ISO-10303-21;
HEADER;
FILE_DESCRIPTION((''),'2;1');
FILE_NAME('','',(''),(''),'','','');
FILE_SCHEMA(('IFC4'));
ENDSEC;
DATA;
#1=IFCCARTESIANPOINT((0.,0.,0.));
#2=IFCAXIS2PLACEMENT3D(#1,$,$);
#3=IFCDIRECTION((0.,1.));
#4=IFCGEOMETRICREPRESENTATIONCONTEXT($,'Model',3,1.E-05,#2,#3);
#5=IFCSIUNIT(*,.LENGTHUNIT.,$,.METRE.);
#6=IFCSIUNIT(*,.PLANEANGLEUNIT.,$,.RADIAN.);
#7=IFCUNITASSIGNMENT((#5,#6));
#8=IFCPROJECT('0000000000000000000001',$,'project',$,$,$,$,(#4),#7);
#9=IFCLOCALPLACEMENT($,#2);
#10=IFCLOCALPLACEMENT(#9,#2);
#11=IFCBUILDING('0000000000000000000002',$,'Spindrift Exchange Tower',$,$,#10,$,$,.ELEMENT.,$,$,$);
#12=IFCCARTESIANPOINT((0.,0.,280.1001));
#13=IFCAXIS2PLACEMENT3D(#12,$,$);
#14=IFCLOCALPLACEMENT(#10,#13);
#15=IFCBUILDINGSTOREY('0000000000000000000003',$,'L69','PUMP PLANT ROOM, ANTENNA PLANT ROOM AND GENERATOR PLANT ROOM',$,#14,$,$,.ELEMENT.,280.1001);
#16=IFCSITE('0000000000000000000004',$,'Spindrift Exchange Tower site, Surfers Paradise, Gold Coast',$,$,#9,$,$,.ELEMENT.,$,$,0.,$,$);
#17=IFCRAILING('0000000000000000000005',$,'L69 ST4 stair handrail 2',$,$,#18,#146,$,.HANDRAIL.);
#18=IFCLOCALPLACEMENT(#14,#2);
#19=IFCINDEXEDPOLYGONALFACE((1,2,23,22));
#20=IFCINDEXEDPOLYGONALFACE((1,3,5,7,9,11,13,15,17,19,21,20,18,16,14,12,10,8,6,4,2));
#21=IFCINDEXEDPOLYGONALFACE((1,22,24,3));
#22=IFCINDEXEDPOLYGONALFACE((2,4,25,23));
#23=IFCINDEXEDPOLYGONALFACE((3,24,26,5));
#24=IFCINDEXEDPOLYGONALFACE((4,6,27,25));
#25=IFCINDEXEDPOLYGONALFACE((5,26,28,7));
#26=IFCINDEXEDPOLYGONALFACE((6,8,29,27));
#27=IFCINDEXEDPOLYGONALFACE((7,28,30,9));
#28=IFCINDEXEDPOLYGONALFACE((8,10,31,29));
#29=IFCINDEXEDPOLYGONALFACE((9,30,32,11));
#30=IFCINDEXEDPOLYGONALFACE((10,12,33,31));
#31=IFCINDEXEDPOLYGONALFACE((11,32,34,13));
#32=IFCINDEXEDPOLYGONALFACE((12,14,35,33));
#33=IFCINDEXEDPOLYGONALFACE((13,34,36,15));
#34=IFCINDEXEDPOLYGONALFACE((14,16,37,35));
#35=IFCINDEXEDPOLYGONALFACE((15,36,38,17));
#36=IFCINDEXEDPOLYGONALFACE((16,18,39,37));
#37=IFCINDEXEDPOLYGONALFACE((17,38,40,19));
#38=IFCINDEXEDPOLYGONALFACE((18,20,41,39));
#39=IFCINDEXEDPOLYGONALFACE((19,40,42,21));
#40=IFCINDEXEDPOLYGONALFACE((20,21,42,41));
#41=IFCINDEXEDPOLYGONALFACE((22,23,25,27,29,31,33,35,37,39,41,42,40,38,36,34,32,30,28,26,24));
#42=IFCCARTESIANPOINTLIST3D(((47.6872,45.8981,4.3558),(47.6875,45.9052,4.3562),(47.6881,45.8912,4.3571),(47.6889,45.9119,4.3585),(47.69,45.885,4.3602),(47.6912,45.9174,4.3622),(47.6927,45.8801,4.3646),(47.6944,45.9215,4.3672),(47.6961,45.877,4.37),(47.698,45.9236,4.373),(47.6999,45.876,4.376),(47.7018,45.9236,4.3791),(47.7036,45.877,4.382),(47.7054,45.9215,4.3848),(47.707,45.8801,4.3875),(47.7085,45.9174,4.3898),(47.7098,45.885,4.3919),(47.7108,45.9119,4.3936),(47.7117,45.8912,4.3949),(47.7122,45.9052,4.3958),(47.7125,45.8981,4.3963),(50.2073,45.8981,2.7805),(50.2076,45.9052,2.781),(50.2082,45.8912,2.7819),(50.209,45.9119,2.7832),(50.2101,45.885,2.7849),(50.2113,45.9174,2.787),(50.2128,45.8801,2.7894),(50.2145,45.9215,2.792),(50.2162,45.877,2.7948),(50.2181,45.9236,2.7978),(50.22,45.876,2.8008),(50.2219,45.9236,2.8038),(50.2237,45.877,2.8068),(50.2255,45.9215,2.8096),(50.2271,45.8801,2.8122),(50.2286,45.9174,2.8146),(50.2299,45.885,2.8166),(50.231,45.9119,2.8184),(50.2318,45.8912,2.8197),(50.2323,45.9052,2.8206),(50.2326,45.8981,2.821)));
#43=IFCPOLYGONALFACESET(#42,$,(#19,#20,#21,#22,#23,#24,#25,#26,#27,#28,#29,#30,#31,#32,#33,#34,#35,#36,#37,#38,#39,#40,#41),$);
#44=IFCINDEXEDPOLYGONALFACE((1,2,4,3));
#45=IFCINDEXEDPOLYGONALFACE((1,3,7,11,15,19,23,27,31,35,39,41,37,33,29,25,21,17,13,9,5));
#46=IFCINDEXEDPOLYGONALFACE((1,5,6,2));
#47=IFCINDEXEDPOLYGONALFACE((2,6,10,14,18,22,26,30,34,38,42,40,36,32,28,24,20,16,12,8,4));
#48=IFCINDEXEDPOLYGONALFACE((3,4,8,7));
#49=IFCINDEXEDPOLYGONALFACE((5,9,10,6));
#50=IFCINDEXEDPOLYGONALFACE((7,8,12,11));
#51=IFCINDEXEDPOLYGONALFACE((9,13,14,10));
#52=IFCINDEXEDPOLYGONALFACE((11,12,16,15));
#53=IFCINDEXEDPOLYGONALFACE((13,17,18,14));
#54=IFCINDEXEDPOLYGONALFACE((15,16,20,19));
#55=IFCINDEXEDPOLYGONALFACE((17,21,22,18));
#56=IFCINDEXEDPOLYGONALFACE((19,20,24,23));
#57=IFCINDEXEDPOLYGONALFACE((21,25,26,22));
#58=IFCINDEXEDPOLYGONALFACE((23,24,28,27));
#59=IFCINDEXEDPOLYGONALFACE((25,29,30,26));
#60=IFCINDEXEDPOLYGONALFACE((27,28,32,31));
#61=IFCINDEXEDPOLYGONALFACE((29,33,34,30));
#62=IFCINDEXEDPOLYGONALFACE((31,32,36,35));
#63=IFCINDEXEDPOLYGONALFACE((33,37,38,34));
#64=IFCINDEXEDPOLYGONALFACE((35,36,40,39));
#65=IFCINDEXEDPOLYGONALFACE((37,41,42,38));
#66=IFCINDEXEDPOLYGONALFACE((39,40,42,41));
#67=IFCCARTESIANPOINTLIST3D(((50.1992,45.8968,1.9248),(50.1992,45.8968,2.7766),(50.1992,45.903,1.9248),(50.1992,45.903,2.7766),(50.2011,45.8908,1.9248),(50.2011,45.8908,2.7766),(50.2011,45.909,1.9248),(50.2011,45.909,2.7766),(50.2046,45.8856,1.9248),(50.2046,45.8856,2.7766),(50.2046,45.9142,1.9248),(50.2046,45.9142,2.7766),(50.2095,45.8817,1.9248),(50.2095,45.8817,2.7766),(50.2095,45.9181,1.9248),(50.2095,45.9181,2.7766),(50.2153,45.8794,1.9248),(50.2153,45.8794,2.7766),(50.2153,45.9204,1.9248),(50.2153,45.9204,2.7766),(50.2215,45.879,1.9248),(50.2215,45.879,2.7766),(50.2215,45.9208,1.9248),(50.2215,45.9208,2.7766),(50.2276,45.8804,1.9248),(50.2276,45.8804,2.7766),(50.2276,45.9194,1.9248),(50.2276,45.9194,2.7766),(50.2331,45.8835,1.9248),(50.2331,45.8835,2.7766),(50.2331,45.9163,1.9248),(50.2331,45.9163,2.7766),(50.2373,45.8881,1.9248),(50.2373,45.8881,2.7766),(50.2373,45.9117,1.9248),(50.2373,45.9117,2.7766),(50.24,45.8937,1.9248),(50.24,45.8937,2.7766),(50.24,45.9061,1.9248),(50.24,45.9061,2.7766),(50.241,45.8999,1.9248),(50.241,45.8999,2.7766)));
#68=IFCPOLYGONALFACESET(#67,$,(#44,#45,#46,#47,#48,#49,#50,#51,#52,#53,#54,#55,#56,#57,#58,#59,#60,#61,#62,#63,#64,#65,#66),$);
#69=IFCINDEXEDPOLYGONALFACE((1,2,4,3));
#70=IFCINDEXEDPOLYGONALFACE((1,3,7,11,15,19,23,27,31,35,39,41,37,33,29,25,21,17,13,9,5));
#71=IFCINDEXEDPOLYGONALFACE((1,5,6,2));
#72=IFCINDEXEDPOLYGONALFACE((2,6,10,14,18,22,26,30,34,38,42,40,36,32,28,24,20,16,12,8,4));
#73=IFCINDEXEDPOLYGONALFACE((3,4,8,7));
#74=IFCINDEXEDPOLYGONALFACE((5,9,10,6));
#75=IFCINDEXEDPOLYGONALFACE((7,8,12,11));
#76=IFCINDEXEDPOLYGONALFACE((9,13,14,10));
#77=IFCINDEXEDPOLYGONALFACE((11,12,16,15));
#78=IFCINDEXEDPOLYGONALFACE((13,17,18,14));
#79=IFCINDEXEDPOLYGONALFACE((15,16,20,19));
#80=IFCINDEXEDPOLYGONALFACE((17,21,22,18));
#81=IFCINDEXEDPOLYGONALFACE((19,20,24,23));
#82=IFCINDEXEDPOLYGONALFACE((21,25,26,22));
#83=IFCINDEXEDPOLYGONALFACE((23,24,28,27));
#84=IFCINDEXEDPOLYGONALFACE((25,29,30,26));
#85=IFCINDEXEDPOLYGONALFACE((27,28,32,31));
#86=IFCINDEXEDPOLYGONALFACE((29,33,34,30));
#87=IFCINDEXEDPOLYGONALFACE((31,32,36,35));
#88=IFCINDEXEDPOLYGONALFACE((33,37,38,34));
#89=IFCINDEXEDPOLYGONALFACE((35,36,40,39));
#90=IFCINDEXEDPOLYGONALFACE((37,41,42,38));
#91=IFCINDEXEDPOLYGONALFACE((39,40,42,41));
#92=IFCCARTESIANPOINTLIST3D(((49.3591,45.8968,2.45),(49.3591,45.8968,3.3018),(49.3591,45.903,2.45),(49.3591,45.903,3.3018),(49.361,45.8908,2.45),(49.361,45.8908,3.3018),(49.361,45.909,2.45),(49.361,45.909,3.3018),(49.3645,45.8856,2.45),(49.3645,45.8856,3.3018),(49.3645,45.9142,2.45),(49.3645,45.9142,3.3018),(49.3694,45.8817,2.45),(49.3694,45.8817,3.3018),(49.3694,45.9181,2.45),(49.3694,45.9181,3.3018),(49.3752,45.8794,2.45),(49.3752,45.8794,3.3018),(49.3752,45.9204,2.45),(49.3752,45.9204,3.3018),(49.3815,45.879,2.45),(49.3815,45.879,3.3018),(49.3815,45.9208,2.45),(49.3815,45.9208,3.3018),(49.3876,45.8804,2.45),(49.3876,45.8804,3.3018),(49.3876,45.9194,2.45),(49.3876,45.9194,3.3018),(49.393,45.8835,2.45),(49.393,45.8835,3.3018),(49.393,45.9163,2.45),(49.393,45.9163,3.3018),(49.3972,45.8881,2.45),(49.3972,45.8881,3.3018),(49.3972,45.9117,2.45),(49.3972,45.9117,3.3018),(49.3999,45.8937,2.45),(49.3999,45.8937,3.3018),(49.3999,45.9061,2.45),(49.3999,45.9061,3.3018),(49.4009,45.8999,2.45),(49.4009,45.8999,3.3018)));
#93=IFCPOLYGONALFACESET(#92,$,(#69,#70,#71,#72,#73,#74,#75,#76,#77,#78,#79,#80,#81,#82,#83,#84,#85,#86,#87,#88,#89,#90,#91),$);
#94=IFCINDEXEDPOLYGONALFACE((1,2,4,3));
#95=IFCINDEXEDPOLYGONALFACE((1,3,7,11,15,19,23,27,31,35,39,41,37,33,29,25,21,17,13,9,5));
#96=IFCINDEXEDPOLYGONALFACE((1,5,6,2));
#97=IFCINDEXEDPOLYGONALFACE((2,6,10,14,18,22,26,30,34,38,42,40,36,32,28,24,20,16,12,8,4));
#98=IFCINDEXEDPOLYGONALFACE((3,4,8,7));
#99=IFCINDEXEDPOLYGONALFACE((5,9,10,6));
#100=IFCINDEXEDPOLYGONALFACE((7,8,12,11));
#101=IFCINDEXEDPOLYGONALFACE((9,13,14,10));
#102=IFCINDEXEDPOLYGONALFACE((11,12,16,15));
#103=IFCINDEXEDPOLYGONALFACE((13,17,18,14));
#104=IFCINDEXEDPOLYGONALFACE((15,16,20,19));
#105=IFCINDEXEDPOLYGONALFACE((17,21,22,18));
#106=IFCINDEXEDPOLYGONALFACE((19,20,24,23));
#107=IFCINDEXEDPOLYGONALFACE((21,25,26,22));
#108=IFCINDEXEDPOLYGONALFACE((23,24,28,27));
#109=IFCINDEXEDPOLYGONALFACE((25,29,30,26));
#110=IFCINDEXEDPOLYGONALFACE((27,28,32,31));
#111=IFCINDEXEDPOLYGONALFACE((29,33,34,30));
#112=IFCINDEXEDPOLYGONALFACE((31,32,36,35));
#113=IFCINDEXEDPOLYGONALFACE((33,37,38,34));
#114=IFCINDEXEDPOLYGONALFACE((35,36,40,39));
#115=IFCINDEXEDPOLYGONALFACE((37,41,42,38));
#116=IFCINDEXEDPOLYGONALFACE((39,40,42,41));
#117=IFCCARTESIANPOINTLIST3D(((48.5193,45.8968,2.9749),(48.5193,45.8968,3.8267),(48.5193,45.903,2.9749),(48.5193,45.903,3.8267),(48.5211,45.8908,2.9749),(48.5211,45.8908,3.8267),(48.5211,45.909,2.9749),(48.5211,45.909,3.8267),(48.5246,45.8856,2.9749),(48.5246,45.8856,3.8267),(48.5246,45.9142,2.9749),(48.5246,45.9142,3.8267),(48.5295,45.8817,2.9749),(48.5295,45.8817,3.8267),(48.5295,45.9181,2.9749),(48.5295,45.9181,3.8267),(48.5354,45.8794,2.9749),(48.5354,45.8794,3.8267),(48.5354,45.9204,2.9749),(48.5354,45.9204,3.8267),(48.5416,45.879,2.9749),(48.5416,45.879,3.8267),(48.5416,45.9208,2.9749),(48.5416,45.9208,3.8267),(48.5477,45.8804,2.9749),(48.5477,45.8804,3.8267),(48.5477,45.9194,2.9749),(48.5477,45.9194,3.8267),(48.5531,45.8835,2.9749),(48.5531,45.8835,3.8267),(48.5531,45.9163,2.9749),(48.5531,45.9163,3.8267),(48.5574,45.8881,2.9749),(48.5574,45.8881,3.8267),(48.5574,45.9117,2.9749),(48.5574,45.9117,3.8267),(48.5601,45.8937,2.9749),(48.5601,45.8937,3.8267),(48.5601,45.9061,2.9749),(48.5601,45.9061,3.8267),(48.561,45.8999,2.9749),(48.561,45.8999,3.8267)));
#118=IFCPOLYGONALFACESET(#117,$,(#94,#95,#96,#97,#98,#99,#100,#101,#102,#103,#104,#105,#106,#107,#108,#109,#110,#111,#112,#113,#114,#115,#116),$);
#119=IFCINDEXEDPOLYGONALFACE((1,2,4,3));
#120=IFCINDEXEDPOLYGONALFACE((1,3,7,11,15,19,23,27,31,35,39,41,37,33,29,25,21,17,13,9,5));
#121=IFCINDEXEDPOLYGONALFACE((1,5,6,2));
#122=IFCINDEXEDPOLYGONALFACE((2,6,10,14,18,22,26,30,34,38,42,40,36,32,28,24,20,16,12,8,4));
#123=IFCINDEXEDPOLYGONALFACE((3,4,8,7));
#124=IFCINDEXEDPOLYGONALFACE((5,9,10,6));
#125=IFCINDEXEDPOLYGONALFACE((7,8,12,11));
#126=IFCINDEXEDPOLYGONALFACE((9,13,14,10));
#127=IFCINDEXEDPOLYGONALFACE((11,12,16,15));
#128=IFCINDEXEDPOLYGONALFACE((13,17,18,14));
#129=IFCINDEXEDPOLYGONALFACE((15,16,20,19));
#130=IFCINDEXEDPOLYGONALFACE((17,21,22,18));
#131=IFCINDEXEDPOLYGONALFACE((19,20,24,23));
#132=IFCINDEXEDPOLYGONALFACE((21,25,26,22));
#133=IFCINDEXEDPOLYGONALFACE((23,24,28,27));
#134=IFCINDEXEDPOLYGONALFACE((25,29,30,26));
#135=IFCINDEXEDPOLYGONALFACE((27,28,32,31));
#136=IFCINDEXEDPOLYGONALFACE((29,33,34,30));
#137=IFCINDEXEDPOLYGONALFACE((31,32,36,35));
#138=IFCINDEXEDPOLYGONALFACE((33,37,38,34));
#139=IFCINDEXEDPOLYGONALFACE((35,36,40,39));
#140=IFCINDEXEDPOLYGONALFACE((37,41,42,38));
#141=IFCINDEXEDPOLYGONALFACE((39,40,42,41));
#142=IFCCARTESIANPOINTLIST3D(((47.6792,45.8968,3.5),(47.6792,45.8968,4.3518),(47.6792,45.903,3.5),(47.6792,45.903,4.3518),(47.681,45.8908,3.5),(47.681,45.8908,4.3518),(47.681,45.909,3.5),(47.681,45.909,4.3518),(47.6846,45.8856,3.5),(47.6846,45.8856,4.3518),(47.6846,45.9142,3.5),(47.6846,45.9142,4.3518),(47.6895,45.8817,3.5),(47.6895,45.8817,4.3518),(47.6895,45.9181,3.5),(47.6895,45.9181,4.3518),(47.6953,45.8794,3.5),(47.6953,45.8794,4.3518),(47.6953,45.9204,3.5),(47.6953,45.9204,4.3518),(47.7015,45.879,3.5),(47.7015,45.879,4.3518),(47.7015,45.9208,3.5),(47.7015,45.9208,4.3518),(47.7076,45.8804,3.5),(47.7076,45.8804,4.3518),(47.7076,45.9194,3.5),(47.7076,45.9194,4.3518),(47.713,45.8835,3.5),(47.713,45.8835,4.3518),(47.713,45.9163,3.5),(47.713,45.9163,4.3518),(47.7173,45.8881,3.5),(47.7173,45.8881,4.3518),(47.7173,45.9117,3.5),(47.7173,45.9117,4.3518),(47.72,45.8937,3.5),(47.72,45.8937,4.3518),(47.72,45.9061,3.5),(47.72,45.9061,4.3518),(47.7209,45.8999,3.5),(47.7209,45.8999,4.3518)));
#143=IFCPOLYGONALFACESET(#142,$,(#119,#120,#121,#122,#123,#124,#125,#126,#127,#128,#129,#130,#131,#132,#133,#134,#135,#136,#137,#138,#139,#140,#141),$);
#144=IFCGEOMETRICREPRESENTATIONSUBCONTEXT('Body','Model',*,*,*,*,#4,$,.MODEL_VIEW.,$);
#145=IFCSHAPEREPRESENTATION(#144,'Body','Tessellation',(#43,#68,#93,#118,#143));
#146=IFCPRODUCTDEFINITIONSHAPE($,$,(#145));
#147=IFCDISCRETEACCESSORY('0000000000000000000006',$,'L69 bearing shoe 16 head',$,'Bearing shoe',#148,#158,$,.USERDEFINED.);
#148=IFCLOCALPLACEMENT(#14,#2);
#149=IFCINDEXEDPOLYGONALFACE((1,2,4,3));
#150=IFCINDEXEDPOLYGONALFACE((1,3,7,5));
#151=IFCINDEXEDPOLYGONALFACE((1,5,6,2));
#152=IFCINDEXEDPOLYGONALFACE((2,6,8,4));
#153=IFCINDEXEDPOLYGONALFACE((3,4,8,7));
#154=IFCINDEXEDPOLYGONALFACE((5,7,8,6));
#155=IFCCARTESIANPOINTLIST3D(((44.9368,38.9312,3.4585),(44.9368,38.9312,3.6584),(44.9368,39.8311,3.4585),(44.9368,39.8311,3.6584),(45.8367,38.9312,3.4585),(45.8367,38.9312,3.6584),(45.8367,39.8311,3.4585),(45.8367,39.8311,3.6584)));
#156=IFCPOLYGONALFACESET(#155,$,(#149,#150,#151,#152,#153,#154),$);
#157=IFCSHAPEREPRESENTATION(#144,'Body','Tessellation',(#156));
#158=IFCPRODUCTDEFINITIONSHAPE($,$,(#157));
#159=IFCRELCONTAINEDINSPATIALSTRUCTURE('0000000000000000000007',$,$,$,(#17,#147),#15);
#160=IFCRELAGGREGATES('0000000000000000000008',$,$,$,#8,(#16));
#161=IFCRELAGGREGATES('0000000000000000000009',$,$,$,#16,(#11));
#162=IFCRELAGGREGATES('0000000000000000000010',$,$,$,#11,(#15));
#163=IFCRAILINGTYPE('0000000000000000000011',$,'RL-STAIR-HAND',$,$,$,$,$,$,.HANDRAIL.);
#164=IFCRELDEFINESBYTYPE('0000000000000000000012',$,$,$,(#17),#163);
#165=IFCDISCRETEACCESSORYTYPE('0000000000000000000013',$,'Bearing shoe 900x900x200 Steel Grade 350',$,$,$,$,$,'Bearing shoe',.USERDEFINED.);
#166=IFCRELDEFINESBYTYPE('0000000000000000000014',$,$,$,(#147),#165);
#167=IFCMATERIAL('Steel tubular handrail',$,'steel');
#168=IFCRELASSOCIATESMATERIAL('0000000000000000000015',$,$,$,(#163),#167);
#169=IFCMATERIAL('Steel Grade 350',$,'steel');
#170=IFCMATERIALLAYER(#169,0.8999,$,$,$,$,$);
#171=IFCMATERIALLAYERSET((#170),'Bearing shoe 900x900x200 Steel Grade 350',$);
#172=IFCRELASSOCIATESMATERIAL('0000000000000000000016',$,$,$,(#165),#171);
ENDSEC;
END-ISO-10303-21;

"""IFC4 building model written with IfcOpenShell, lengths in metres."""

from ifc_helpers import new_model, si_unit, direction, frame, origin, origin_2d, place, context, subcontext, project, spatial, rectangle, circle, extrude, source, transform, mapped, material, layer, layer_set, type_object, element, save


model = new_model("IFC4")

# Units and contexts
model_context = context("Model", 3, precision=1e-05, world=origin(), true_north=direction((0.0, 1.0)))
body_context = subcontext(model_context, "Body", "Model", "MODEL_VIEW")
ifc_project = project(units=[si_unit("LENGTHUNIT", "METRE"), si_unit("PLANEANGLEUNIT", "RADIAN")], contexts=[model_context])

# Site, building, storey
site_placement = place(None, origin())
site = spatial("IfcSite", under=ifc_project, at=site_placement, Name="Spindrift Exchange Tower site, Surfers Paradise, Gold Coast", CompositionType="ELEMENT", RefElevation=0.0)
building_placement = place(site_placement, origin())
building = spatial("IfcBuilding", under=site, at=building_placement, Name="Spindrift Exchange Tower", CompositionType="ELEMENT")
storey_placement = place(building_placement, frame((0.0, 0.0, 280.1001)))
storey = spatial("IfcBuildingStorey", under=building, at=storey_placement, Name="L69", Description="PUMP PLANT ROOM, ANTENNA PLANT ROOM AND GENERATOR PLANT ROOM", CompositionType="ELEMENT", Elevation=280.1001)

# Railing
ifc_material_1 = material(Name="Steel tubular handrail", Category="steel")
railing_type_1 = type_object("IfcRailingType", Name="RL-STAIR-HAND", PredefinedType="HANDRAIL", material=ifc_material_1)
railing_1_placement = place(storey_placement, frame((50.22, 45.8999, 1.9248)))
element("IfcRailing", 1, at=railing_1_placement, inside=storey, type_object=railing_type_1, Name="L69 ST4 stair handrail 2", PredefinedType="HANDRAIL", context=body_context, shape_type="SweptSolid", body=[
    extrude(circle(Radius=0.0239, at=origin_2d()), frame((0.0, 0.0, 0.876), z_axis=(-0.847971, 0.0, 0.530043), x_axis=(0.0, -1.0, 0.0)), (0.0, 0.0, 1.0), 2.9719),
    extrude(circle(Radius=0.021, at=origin_2d()), origin(), (0.0, 0.0, 1.0), 0.8518),
    extrude(circle(Radius=0.021, at=origin_2d()), frame((-0.8401, 0.0, 0.5251)), (0.0, 0.0, 1.0), 0.8518),
    extrude(circle(Radius=0.021, at=origin_2d()), frame((-1.6799, 0.0, 1.05)), (0.0, 0.0, 1.0), 0.8518),
    extrude(circle(Radius=0.021, at=origin_2d()), frame((-2.52, 0.0, 1.5752)), (0.0, 0.0, 1.0), 0.8518),
])

# Discrete accessory
ifc_material_2 = material(Name="Steel Grade 350", Category="steel")
ifc_layer_1 = layer(ifc_material_2, 0.8999)
ifc_layer_set_1 = layer_set([ifc_layer_1], Name="Bearing shoe 900x900x200 Steel Grade 350")
discrete_accessory_type = type_object("IfcDiscreteAccessoryType", Name="Bearing shoe 900x900x200 Steel Grade 350", ElementType="Bearing shoe", PredefinedType="USERDEFINED", material=ifc_layer_set_1)
shared_shape_1 = source(origin(), body_context, "Body", "SweptSolid", [
    extrude(rectangle(XDim=0.8999, YDim=0.8999, at=origin_2d()), origin(), (0.0, 0.0, 1.0), 0.2),
])
discrete_accessory_placement = place(storey_placement, frame((45.3867, 39.3811, 3.4585), z_axis=(0.0, 0.0, 1.0), x_axis=(1.0, 0.0, 0.0)))
element("IfcDiscreteAccessory", 2, at=discrete_accessory_placement, inside=storey, type_object=discrete_accessory_type, Name="L69 bearing shoe 16 head", ObjectType="Bearing shoe", PredefinedType="USERDEFINED", context=body_context, shape_type="MappedRepresentation", body=[
    mapped(shared_shape_1, transform((0.0, 0.0, 0.0), scale=1.0)),
])

save(model, "model.ifc")
